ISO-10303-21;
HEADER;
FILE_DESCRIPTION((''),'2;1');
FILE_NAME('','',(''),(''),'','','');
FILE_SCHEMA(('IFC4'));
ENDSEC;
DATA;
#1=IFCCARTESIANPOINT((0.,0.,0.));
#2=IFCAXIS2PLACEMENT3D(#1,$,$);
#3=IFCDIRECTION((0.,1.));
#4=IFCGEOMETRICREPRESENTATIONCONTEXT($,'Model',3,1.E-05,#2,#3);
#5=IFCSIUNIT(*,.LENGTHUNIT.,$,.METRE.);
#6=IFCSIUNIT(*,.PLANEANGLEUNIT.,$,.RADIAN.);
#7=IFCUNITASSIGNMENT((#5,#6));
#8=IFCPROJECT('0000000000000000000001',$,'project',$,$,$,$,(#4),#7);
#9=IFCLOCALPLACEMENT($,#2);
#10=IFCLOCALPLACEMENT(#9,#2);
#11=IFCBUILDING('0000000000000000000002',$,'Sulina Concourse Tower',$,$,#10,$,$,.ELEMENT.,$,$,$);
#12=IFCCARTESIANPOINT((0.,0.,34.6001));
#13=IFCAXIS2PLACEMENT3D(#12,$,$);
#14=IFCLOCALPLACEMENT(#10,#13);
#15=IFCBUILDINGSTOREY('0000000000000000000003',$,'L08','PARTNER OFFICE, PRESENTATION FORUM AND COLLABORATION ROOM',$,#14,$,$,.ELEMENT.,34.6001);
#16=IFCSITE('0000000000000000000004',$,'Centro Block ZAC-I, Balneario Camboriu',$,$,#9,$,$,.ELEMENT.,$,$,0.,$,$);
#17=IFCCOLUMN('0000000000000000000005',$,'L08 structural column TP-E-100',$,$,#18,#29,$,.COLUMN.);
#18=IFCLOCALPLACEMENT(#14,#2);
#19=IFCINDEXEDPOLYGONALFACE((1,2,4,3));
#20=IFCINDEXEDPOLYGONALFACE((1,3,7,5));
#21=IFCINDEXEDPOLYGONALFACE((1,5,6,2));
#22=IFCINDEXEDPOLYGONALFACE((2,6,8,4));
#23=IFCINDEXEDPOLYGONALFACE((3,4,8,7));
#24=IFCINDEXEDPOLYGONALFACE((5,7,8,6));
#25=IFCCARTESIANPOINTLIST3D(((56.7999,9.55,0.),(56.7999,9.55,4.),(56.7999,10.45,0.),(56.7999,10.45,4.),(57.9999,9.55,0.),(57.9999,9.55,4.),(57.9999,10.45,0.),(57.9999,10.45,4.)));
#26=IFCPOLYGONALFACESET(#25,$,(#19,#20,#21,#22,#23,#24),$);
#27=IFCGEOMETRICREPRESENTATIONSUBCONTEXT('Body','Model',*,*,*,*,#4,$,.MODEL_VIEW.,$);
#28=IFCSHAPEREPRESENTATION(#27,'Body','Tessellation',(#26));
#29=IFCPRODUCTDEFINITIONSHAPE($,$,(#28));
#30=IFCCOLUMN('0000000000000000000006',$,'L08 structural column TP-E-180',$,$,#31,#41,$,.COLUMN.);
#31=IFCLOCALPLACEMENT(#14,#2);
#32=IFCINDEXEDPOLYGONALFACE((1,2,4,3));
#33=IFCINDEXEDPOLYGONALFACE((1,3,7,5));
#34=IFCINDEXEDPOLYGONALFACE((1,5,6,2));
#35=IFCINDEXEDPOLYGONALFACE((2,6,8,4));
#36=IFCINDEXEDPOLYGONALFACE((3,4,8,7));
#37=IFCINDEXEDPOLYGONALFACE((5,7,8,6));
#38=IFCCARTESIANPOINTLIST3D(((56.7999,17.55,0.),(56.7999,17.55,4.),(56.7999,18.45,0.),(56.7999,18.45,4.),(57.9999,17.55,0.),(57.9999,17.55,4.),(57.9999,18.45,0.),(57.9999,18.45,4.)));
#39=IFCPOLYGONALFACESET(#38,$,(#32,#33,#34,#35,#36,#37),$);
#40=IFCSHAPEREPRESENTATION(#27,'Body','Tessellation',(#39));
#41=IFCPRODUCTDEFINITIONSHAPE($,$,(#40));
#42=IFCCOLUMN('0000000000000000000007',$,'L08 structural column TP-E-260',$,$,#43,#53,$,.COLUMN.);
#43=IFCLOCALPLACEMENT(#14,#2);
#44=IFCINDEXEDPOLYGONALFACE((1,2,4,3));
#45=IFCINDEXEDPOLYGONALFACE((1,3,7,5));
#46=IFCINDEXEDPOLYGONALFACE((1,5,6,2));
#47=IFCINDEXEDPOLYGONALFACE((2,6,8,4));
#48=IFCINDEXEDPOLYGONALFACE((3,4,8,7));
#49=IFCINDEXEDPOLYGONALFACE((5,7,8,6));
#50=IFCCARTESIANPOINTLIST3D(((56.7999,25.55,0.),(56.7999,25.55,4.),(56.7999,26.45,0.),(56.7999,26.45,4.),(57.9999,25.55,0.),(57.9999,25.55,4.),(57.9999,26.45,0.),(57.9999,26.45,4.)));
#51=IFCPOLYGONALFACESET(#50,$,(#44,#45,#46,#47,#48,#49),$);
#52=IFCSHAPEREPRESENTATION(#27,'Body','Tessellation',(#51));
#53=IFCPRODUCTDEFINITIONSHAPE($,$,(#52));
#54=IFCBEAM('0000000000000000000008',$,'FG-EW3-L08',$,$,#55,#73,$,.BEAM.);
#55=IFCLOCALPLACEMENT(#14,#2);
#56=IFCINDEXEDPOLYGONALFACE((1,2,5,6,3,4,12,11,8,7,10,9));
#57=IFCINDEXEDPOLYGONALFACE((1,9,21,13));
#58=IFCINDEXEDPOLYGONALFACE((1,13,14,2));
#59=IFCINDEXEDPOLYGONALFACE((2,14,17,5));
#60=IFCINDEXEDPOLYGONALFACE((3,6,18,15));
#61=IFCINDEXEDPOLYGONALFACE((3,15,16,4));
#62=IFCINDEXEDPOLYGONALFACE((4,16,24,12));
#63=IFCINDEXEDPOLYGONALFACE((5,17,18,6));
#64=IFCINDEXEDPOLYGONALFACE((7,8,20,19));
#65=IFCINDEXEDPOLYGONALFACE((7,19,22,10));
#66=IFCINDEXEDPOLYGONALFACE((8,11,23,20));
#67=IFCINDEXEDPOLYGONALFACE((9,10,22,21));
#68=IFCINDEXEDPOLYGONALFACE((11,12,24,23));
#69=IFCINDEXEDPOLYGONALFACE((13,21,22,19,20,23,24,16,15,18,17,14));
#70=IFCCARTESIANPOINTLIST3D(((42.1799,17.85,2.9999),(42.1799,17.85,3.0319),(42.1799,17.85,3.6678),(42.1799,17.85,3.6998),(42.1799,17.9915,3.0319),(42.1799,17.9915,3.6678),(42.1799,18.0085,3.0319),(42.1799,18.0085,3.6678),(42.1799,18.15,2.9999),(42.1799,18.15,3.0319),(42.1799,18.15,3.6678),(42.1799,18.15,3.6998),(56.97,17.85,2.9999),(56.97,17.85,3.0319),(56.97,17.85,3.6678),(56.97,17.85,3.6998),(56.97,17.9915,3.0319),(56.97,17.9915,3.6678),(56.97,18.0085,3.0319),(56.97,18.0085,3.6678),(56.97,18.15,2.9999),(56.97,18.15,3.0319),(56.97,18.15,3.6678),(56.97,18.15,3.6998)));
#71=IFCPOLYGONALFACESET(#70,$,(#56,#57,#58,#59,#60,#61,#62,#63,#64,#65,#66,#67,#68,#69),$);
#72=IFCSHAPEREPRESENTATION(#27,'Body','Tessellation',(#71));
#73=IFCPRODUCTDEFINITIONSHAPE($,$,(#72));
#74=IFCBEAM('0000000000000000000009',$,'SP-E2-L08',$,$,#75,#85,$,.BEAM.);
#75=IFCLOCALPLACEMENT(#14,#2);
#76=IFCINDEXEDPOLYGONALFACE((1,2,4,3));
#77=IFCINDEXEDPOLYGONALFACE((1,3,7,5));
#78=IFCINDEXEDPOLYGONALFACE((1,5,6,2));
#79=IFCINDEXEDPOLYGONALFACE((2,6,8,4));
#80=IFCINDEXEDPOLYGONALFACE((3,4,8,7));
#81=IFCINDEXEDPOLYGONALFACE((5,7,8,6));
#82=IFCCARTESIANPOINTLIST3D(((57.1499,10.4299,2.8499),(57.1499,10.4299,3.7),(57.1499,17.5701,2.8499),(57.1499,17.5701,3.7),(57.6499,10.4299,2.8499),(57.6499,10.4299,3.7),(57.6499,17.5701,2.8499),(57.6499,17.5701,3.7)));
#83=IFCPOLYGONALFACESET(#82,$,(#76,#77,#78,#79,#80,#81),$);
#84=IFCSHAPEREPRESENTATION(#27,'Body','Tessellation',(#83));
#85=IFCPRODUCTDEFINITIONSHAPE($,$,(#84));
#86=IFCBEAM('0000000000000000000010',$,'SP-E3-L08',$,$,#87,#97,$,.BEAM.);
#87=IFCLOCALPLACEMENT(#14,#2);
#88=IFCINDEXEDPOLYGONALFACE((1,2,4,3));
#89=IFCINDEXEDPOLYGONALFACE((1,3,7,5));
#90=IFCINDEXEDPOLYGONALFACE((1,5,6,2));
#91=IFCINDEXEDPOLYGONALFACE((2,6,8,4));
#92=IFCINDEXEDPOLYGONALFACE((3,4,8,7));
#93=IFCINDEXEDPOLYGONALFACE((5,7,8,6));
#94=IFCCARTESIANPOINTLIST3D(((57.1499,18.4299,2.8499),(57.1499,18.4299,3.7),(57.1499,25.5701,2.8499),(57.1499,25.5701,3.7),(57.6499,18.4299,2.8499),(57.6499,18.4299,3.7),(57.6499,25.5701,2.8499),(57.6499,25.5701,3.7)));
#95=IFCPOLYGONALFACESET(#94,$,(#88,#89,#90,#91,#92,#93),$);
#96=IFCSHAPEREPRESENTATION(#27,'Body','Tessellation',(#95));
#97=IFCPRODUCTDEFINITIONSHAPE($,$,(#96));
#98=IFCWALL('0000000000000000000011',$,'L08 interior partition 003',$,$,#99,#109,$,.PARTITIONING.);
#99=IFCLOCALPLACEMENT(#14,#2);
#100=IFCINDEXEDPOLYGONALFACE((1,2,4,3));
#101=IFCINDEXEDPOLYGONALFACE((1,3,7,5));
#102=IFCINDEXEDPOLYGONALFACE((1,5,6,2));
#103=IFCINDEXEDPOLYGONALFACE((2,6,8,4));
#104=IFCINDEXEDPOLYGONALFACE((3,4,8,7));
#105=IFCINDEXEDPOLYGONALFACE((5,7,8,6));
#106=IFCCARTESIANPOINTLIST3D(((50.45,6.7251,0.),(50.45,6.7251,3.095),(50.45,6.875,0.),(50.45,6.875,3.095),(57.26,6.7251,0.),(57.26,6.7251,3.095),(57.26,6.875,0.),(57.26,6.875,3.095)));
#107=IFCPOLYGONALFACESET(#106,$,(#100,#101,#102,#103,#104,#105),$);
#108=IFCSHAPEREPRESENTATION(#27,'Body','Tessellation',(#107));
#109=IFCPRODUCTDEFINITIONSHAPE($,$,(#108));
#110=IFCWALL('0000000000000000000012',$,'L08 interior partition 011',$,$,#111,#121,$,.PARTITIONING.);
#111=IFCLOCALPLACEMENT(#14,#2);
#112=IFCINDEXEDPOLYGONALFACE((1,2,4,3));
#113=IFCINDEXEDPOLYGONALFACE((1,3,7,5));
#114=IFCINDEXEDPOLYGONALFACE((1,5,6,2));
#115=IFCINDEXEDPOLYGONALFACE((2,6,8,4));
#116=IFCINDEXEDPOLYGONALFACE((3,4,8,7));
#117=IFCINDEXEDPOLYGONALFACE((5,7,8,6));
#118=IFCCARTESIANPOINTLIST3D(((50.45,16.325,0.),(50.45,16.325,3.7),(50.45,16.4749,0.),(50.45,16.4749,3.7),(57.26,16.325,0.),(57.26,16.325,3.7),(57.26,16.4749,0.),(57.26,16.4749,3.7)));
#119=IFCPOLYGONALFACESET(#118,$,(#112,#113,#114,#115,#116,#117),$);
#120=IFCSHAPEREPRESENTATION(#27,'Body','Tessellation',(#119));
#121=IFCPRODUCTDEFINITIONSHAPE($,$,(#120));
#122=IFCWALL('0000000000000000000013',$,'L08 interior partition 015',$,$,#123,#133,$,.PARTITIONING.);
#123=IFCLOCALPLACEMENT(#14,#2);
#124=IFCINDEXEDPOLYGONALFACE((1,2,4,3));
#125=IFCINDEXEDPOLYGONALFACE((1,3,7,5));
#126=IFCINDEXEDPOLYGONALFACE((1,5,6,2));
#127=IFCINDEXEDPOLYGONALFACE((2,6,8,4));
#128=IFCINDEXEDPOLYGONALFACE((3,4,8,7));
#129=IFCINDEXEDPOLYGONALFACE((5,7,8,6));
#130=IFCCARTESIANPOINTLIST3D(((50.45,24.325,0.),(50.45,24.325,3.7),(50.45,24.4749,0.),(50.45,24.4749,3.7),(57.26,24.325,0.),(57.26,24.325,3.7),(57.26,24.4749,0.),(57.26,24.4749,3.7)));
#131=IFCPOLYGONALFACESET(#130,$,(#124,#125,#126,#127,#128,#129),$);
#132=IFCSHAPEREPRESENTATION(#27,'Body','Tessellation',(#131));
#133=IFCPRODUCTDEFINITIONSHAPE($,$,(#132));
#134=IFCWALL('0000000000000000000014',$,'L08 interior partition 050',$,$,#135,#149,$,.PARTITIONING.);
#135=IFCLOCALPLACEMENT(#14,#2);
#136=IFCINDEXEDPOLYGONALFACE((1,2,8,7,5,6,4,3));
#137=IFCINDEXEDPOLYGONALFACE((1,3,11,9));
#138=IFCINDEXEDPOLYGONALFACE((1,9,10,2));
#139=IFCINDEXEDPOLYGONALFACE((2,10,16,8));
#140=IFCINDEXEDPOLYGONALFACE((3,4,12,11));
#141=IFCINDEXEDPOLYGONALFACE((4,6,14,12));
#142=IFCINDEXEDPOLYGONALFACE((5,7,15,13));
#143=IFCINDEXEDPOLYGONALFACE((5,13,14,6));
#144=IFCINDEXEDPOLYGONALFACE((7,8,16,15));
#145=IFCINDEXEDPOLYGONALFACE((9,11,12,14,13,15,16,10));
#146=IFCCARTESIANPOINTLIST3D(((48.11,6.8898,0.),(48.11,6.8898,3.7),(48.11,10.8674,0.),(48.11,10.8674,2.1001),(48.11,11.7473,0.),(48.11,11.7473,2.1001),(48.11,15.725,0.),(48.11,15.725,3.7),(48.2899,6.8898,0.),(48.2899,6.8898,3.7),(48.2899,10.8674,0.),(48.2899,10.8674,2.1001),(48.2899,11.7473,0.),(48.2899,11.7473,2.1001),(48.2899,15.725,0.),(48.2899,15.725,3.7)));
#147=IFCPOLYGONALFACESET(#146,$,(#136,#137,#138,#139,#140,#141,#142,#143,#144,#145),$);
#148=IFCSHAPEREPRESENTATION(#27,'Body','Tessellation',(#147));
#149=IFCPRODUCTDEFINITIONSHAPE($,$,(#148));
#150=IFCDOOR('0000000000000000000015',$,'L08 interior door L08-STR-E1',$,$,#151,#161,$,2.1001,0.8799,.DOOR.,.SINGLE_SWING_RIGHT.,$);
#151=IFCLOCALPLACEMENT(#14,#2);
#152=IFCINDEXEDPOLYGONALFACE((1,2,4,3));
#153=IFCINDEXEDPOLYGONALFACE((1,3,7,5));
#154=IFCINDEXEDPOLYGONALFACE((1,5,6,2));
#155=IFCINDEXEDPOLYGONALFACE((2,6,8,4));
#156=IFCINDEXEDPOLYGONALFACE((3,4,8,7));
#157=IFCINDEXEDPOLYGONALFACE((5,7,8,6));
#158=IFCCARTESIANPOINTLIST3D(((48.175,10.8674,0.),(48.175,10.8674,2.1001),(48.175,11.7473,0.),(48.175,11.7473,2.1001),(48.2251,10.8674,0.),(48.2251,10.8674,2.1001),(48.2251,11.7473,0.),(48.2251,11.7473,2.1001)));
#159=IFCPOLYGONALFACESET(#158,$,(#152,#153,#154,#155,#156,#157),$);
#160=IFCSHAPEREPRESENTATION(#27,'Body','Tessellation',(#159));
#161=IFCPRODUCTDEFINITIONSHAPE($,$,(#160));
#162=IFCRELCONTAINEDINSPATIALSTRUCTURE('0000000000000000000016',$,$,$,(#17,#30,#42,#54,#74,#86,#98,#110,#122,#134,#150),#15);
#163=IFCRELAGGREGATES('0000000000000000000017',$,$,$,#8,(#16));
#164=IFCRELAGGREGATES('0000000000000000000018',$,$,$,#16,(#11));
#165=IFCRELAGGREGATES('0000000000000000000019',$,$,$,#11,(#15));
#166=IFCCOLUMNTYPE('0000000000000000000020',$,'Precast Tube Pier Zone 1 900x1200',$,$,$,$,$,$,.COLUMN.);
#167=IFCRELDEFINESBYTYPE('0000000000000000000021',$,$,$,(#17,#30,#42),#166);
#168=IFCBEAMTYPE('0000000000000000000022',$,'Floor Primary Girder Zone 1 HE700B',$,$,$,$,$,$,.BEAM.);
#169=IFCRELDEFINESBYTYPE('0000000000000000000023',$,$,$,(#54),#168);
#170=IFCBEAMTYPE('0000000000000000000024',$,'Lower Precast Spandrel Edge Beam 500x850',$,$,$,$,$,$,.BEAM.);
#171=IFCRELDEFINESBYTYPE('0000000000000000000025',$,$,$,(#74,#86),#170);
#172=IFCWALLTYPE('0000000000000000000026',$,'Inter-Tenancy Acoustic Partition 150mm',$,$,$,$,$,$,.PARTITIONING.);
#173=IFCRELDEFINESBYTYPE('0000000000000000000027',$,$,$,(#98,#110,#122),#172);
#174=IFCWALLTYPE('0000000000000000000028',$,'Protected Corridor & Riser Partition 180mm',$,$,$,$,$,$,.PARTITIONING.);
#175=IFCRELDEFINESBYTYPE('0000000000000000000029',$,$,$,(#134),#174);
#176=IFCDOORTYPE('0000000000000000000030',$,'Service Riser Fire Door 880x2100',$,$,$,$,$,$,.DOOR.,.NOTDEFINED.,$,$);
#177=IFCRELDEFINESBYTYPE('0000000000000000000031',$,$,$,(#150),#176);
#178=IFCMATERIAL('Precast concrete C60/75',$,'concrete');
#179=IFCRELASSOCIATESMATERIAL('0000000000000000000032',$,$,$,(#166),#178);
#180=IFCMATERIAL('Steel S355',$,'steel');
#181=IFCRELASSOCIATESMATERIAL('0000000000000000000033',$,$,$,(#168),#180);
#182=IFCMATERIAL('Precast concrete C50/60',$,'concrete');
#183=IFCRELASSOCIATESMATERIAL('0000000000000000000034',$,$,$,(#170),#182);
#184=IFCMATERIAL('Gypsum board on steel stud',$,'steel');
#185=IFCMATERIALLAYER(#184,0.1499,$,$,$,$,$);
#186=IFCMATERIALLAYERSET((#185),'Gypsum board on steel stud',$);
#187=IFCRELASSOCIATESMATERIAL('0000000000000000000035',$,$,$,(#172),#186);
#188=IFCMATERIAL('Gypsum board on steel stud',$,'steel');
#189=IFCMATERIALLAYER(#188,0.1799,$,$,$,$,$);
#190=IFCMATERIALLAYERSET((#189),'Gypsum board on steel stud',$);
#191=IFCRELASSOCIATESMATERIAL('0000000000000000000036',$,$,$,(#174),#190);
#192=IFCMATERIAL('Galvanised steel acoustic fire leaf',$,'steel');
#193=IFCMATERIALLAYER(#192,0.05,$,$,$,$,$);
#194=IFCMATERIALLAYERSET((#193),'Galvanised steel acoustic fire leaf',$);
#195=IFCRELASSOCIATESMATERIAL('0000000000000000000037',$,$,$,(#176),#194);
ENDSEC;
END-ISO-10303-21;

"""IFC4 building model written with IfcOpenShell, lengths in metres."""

from ifc_helpers import new_model, si_unit, direction, frame, frame_2d, origin, origin_2d, place, context, subcontext, project, spatial, rectangle, i_section, extrude, material, layer, layer_set, material_profile, profile_set, type_object, element, fill, save


model = new_model("IFC4")

# Units and contexts
model_context = context("Model", 3, precision=1e-05, world=origin(), true_north=direction((0.0, 1.0)))
body_context = subcontext(model_context, "Body", "Model", "MODEL_VIEW")
ifc_project = project(units=[si_unit("LENGTHUNIT", "METRE"), si_unit("PLANEANGLEUNIT", "RADIAN")], contexts=[model_context])

# Site, building, storey
site_placement = place(None, origin())
site = spatial("IfcSite", under=ifc_project, at=site_placement, Name="Centro Block ZAC-I, Balneario Camboriu", CompositionType="ELEMENT", RefElevation=0.0)
building_placement = place(site_placement, origin())
building = spatial("IfcBuilding", under=site, at=building_placement, Name="Sulina Concourse Tower", CompositionType="ELEMENT")
storey_placement = place(building_placement, frame((0.0, 0.0, 34.6001)))
storey = spatial("IfcBuildingStorey", under=building, at=storey_placement, Name="L08", Description="PARTNER OFFICE, PRESENTATION FORUM AND COLLABORATION ROOM", CompositionType="ELEMENT", Elevation=34.6001)

# Columns
ifc_material_1 = material(Name="Precast concrete C60/75", Category="concrete")
ifc_material_profile_1 = material_profile(ifc_material_1, rectangle(XDim=0.8999, YDim=1.2, at=origin_2d()), Name="PC 900x1200")
ifc_profile_set_1 = profile_set([ifc_material_profile_1], Name="Precast concrete C60/75")
column_type = type_object("IfcColumnType", Name="Precast Tube Pier Zone 1 900x1200", PredefinedType="COLUMN", material=ifc_profile_set_1)
for number, where, z_axis, x_axis, name in (
    (1, (57.3999, 10.0, 0.0), (0.0, 0.0, 1.0), (0.0, 1.0, 0.0), "L08 structural column TP-E-100"),
    (2, (57.3999, 18.0, 0.0), (0.0, 0.0, 1.0), (0.0, 1.0, 0.0), "L08 structural column TP-E-180"),
    (3, (57.3999, 26.0, 0.0), (0.0, 0.0, 1.0), (0.0, 1.0, 0.0), "L08 structural column TP-E-260"),
):
    element("IfcColumn", number, at=place(storey_placement, frame(where, z_axis=z_axis, x_axis=x_axis)), inside=storey, type_object=column_type, Name=name, PredefinedType="COLUMN", context=body_context, shape_type="SweptSolid", body=[
        extrude(rectangle(XDim=0.8999, YDim=1.2, at=origin_2d()), origin(), (0.0, 0.0, 1.0), 4.0),
    ])

# Beams
ifc_material_2 = material(Name="Steel S355", Category="steel")
ifc_material_profile_2 = material_profile(ifc_material_2, i_section(OverallWidth=0.3, OverallDepth=0.7, WebThickness=0.0171, FlangeThickness=0.032, at=origin_2d()), Name="HE 700 B")
ifc_profile_set_2 = profile_set([ifc_material_profile_2], Name="Steel S355")
beam_type_1 = type_object("IfcBeamType", Name="Floor Primary Girder Zone 1 HE700B", PredefinedType="BEAM", material=ifc_profile_set_2)
beam_placement = place(storey_placement, frame((42.1799, 18.0, 3.3499), z_axis=(1.0, 0.0, 0.0), x_axis=(0.0, 1.0, 0.0)))
element("IfcBeam", 4, at=beam_placement, inside=storey, type_object=beam_type_1, Name="FG-EW3-L08", PredefinedType="BEAM", context=body_context, shape_type="SweptSolid", body=[
    extrude(i_section(OverallWidth=0.3, OverallDepth=0.7, WebThickness=0.0171, FlangeThickness=0.032, at=origin_2d()), origin(), (0.0, 0.0, 1.0), 14.79),
])
ifc_material_3 = material(Name="Precast concrete C50/60", Category="concrete")
ifc_material_profile_3 = material_profile(ifc_material_3, rectangle(XDim=0.5, YDim=0.8501, at=origin_2d()), Name="RC 500x850")
ifc_profile_set_3 = profile_set([ifc_material_profile_3], Name="Precast concrete C50/60")
beam_type_2 = type_object("IfcBeamType", Name="Lower Precast Spandrel Edge Beam 500x850", PredefinedType="BEAM", material=ifc_profile_set_3)
for number, where, z_axis, x_axis, name in (
    (5, (57.3999, 10.4299, 3.2749), (0.0, 1.0, 0.0), (-1.0, 0.0, 0.0), "SP-E2-L08"),
    (6, (57.3999, 18.4299, 3.2749), (0.0, 1.0, 0.0), (-1.0, 0.0, 0.0), "SP-E3-L08"),
):
    element("IfcBeam", number, at=place(storey_placement, frame(where, z_axis=z_axis, x_axis=x_axis)), inside=storey, type_object=beam_type_2, Name=name, PredefinedType="BEAM", context=body_context, shape_type="SweptSolid", body=[
        extrude(rectangle(XDim=0.5, YDim=0.8501, at=origin_2d()), origin(), (0.0, 0.0, 1.0), 7.1401),
    ])

# Walls
ifc_material_4 = material(Name="Gypsum board on steel stud", Category="steel")
ifc_layer_1 = layer(ifc_material_4, 0.1499)
ifc_layer_set_1 = layer_set([ifc_layer_1], Name="Gypsum board on steel stud")
wall_type_1 = type_object("IfcWallType", Name="Inter-Tenancy Acoustic Partition 150mm", PredefinedType="PARTITIONING", material=ifc_layer_set_1)
wall_1_placement = place(storey_placement, frame((50.45, 6.8, 0.0), z_axis=(0.0, 0.0, 1.0), x_axis=(1.0, 0.0, 0.0)))
element("IfcWall", 7, at=wall_1_placement, inside=storey, type_object=wall_type_1, Name="L08 interior partition 003", PredefinedType="PARTITIONING", context=body_context, shape_type="SweptSolid", body=[
    extrude(rectangle(XDim=6.8101, YDim=0.1499, at=frame_2d((3.405, 0.0))), origin(), (0.0, 0.0, 1.0), 3.095),
])
for number, where, z_axis, x_axis, name in (
    (8, (50.45, 16.3999, 0.0), (0.0, 0.0, 1.0), (1.0, 0.0, 0.0), "L08 interior partition 011"),
    (9, (50.45, 24.3999, 0.0), (0.0, 0.0, 1.0), (1.0, 0.0, 0.0), "L08 interior partition 015"),
):
    element("IfcWall", number, at=place(storey_placement, frame(where, z_axis=z_axis, x_axis=x_axis)), inside=storey, type_object=wall_type_1, Name=name, PredefinedType="PARTITIONING", context=body_context, shape_type="SweptSolid", body=[
        extrude(rectangle(XDim=6.8101, YDim=0.1499, at=frame_2d((3.405, 0.0))), origin(), (0.0, 0.0, 1.0), 3.7),
    ])

# Wall, opening, door
ifc_material_5 = material(Name="Gypsum board on steel stud", Category="steel")
ifc_layer_2 = layer(ifc_material_5, 0.1799)
ifc_layer_set_2 = layer_set([ifc_layer_2], Name="Gypsum board on steel stud")
wall_type_2 = type_object("IfcWallType", Name="Protected Corridor & Riser Partition 180mm", PredefinedType="PARTITIONING", material=ifc_layer_set_2)
wall_2_placement = place(storey_placement, frame((48.2, 6.8899, 0.0), z_axis=(0.0, 0.0, 1.0), x_axis=(0.0, 1.0, 0.0)))
wall_2 = element("IfcWall", 10, at=wall_2_placement, inside=storey, type_object=wall_type_2, Name="L08 interior partition 050", PredefinedType="PARTITIONING", context=body_context, shape_type="SweptSolid", body=[
    extrude(rectangle(XDim=8.8352, YDim=0.1799, at=frame_2d((4.4175, 0.0))), origin(), (0.0, 0.0, 1.0), 3.7),
])
opening_1_placement = place(wall_2_placement, frame((3.9775, 0.0, 0.0)))
opening_1 = element("IfcOpeningElement", 11, at=opening_1_placement, cuts=wall_2, PredefinedType="OPENING", context=body_context, shape_type="SweptSolid", body=[
    extrude(rectangle(XDim=0.8799, YDim=2.1001, at=frame_2d((0.4399, 1.05))), frame((0.0, 0.0999, 0.0), z_axis=(0.0, -1.0, 0.0), x_axis=(1.0, 0.0, 0.0)), (0.0, 0.0, 1.0), 0.2),
])
ifc_material_6 = material(Name="Galvanised steel acoustic fire leaf", Category="steel")
ifc_layer_3 = layer(ifc_material_6, 0.05)
ifc_layer_set_3 = layer_set([ifc_layer_3], Name="Galvanised steel acoustic fire leaf")
door_type_1 = type_object("IfcDoorType", Name="Service Riser Fire Door 880x2100", OperationType="NOTDEFINED", PredefinedType="DOOR", material=ifc_layer_set_3)
door_1_placement = place(opening_1_placement, origin())
door_1 = element("IfcDoor", 12, at=door_1_placement, inside=storey, type_object=door_type_1, Name="L08 interior door L08-STR-E1", OperationType="SINGLE_SWING_RIGHT", OverallHeight=2.1001, OverallWidth=0.8799, PredefinedType="DOOR", context=body_context, shape_type="SweptSolid", body=[
    extrude(rectangle(XDim=0.8799, YDim=2.1001, at=frame_2d((0.4399, 1.05))), frame((0.0, 0.0249, 0.0), z_axis=(0.0, -1.0, 0.0), x_axis=(1.0, 0.0, 0.0)), (0.0, 0.0, 1.0), 0.05),
])
fill(opening_1, door_1)

save(model, "model.ifc")
